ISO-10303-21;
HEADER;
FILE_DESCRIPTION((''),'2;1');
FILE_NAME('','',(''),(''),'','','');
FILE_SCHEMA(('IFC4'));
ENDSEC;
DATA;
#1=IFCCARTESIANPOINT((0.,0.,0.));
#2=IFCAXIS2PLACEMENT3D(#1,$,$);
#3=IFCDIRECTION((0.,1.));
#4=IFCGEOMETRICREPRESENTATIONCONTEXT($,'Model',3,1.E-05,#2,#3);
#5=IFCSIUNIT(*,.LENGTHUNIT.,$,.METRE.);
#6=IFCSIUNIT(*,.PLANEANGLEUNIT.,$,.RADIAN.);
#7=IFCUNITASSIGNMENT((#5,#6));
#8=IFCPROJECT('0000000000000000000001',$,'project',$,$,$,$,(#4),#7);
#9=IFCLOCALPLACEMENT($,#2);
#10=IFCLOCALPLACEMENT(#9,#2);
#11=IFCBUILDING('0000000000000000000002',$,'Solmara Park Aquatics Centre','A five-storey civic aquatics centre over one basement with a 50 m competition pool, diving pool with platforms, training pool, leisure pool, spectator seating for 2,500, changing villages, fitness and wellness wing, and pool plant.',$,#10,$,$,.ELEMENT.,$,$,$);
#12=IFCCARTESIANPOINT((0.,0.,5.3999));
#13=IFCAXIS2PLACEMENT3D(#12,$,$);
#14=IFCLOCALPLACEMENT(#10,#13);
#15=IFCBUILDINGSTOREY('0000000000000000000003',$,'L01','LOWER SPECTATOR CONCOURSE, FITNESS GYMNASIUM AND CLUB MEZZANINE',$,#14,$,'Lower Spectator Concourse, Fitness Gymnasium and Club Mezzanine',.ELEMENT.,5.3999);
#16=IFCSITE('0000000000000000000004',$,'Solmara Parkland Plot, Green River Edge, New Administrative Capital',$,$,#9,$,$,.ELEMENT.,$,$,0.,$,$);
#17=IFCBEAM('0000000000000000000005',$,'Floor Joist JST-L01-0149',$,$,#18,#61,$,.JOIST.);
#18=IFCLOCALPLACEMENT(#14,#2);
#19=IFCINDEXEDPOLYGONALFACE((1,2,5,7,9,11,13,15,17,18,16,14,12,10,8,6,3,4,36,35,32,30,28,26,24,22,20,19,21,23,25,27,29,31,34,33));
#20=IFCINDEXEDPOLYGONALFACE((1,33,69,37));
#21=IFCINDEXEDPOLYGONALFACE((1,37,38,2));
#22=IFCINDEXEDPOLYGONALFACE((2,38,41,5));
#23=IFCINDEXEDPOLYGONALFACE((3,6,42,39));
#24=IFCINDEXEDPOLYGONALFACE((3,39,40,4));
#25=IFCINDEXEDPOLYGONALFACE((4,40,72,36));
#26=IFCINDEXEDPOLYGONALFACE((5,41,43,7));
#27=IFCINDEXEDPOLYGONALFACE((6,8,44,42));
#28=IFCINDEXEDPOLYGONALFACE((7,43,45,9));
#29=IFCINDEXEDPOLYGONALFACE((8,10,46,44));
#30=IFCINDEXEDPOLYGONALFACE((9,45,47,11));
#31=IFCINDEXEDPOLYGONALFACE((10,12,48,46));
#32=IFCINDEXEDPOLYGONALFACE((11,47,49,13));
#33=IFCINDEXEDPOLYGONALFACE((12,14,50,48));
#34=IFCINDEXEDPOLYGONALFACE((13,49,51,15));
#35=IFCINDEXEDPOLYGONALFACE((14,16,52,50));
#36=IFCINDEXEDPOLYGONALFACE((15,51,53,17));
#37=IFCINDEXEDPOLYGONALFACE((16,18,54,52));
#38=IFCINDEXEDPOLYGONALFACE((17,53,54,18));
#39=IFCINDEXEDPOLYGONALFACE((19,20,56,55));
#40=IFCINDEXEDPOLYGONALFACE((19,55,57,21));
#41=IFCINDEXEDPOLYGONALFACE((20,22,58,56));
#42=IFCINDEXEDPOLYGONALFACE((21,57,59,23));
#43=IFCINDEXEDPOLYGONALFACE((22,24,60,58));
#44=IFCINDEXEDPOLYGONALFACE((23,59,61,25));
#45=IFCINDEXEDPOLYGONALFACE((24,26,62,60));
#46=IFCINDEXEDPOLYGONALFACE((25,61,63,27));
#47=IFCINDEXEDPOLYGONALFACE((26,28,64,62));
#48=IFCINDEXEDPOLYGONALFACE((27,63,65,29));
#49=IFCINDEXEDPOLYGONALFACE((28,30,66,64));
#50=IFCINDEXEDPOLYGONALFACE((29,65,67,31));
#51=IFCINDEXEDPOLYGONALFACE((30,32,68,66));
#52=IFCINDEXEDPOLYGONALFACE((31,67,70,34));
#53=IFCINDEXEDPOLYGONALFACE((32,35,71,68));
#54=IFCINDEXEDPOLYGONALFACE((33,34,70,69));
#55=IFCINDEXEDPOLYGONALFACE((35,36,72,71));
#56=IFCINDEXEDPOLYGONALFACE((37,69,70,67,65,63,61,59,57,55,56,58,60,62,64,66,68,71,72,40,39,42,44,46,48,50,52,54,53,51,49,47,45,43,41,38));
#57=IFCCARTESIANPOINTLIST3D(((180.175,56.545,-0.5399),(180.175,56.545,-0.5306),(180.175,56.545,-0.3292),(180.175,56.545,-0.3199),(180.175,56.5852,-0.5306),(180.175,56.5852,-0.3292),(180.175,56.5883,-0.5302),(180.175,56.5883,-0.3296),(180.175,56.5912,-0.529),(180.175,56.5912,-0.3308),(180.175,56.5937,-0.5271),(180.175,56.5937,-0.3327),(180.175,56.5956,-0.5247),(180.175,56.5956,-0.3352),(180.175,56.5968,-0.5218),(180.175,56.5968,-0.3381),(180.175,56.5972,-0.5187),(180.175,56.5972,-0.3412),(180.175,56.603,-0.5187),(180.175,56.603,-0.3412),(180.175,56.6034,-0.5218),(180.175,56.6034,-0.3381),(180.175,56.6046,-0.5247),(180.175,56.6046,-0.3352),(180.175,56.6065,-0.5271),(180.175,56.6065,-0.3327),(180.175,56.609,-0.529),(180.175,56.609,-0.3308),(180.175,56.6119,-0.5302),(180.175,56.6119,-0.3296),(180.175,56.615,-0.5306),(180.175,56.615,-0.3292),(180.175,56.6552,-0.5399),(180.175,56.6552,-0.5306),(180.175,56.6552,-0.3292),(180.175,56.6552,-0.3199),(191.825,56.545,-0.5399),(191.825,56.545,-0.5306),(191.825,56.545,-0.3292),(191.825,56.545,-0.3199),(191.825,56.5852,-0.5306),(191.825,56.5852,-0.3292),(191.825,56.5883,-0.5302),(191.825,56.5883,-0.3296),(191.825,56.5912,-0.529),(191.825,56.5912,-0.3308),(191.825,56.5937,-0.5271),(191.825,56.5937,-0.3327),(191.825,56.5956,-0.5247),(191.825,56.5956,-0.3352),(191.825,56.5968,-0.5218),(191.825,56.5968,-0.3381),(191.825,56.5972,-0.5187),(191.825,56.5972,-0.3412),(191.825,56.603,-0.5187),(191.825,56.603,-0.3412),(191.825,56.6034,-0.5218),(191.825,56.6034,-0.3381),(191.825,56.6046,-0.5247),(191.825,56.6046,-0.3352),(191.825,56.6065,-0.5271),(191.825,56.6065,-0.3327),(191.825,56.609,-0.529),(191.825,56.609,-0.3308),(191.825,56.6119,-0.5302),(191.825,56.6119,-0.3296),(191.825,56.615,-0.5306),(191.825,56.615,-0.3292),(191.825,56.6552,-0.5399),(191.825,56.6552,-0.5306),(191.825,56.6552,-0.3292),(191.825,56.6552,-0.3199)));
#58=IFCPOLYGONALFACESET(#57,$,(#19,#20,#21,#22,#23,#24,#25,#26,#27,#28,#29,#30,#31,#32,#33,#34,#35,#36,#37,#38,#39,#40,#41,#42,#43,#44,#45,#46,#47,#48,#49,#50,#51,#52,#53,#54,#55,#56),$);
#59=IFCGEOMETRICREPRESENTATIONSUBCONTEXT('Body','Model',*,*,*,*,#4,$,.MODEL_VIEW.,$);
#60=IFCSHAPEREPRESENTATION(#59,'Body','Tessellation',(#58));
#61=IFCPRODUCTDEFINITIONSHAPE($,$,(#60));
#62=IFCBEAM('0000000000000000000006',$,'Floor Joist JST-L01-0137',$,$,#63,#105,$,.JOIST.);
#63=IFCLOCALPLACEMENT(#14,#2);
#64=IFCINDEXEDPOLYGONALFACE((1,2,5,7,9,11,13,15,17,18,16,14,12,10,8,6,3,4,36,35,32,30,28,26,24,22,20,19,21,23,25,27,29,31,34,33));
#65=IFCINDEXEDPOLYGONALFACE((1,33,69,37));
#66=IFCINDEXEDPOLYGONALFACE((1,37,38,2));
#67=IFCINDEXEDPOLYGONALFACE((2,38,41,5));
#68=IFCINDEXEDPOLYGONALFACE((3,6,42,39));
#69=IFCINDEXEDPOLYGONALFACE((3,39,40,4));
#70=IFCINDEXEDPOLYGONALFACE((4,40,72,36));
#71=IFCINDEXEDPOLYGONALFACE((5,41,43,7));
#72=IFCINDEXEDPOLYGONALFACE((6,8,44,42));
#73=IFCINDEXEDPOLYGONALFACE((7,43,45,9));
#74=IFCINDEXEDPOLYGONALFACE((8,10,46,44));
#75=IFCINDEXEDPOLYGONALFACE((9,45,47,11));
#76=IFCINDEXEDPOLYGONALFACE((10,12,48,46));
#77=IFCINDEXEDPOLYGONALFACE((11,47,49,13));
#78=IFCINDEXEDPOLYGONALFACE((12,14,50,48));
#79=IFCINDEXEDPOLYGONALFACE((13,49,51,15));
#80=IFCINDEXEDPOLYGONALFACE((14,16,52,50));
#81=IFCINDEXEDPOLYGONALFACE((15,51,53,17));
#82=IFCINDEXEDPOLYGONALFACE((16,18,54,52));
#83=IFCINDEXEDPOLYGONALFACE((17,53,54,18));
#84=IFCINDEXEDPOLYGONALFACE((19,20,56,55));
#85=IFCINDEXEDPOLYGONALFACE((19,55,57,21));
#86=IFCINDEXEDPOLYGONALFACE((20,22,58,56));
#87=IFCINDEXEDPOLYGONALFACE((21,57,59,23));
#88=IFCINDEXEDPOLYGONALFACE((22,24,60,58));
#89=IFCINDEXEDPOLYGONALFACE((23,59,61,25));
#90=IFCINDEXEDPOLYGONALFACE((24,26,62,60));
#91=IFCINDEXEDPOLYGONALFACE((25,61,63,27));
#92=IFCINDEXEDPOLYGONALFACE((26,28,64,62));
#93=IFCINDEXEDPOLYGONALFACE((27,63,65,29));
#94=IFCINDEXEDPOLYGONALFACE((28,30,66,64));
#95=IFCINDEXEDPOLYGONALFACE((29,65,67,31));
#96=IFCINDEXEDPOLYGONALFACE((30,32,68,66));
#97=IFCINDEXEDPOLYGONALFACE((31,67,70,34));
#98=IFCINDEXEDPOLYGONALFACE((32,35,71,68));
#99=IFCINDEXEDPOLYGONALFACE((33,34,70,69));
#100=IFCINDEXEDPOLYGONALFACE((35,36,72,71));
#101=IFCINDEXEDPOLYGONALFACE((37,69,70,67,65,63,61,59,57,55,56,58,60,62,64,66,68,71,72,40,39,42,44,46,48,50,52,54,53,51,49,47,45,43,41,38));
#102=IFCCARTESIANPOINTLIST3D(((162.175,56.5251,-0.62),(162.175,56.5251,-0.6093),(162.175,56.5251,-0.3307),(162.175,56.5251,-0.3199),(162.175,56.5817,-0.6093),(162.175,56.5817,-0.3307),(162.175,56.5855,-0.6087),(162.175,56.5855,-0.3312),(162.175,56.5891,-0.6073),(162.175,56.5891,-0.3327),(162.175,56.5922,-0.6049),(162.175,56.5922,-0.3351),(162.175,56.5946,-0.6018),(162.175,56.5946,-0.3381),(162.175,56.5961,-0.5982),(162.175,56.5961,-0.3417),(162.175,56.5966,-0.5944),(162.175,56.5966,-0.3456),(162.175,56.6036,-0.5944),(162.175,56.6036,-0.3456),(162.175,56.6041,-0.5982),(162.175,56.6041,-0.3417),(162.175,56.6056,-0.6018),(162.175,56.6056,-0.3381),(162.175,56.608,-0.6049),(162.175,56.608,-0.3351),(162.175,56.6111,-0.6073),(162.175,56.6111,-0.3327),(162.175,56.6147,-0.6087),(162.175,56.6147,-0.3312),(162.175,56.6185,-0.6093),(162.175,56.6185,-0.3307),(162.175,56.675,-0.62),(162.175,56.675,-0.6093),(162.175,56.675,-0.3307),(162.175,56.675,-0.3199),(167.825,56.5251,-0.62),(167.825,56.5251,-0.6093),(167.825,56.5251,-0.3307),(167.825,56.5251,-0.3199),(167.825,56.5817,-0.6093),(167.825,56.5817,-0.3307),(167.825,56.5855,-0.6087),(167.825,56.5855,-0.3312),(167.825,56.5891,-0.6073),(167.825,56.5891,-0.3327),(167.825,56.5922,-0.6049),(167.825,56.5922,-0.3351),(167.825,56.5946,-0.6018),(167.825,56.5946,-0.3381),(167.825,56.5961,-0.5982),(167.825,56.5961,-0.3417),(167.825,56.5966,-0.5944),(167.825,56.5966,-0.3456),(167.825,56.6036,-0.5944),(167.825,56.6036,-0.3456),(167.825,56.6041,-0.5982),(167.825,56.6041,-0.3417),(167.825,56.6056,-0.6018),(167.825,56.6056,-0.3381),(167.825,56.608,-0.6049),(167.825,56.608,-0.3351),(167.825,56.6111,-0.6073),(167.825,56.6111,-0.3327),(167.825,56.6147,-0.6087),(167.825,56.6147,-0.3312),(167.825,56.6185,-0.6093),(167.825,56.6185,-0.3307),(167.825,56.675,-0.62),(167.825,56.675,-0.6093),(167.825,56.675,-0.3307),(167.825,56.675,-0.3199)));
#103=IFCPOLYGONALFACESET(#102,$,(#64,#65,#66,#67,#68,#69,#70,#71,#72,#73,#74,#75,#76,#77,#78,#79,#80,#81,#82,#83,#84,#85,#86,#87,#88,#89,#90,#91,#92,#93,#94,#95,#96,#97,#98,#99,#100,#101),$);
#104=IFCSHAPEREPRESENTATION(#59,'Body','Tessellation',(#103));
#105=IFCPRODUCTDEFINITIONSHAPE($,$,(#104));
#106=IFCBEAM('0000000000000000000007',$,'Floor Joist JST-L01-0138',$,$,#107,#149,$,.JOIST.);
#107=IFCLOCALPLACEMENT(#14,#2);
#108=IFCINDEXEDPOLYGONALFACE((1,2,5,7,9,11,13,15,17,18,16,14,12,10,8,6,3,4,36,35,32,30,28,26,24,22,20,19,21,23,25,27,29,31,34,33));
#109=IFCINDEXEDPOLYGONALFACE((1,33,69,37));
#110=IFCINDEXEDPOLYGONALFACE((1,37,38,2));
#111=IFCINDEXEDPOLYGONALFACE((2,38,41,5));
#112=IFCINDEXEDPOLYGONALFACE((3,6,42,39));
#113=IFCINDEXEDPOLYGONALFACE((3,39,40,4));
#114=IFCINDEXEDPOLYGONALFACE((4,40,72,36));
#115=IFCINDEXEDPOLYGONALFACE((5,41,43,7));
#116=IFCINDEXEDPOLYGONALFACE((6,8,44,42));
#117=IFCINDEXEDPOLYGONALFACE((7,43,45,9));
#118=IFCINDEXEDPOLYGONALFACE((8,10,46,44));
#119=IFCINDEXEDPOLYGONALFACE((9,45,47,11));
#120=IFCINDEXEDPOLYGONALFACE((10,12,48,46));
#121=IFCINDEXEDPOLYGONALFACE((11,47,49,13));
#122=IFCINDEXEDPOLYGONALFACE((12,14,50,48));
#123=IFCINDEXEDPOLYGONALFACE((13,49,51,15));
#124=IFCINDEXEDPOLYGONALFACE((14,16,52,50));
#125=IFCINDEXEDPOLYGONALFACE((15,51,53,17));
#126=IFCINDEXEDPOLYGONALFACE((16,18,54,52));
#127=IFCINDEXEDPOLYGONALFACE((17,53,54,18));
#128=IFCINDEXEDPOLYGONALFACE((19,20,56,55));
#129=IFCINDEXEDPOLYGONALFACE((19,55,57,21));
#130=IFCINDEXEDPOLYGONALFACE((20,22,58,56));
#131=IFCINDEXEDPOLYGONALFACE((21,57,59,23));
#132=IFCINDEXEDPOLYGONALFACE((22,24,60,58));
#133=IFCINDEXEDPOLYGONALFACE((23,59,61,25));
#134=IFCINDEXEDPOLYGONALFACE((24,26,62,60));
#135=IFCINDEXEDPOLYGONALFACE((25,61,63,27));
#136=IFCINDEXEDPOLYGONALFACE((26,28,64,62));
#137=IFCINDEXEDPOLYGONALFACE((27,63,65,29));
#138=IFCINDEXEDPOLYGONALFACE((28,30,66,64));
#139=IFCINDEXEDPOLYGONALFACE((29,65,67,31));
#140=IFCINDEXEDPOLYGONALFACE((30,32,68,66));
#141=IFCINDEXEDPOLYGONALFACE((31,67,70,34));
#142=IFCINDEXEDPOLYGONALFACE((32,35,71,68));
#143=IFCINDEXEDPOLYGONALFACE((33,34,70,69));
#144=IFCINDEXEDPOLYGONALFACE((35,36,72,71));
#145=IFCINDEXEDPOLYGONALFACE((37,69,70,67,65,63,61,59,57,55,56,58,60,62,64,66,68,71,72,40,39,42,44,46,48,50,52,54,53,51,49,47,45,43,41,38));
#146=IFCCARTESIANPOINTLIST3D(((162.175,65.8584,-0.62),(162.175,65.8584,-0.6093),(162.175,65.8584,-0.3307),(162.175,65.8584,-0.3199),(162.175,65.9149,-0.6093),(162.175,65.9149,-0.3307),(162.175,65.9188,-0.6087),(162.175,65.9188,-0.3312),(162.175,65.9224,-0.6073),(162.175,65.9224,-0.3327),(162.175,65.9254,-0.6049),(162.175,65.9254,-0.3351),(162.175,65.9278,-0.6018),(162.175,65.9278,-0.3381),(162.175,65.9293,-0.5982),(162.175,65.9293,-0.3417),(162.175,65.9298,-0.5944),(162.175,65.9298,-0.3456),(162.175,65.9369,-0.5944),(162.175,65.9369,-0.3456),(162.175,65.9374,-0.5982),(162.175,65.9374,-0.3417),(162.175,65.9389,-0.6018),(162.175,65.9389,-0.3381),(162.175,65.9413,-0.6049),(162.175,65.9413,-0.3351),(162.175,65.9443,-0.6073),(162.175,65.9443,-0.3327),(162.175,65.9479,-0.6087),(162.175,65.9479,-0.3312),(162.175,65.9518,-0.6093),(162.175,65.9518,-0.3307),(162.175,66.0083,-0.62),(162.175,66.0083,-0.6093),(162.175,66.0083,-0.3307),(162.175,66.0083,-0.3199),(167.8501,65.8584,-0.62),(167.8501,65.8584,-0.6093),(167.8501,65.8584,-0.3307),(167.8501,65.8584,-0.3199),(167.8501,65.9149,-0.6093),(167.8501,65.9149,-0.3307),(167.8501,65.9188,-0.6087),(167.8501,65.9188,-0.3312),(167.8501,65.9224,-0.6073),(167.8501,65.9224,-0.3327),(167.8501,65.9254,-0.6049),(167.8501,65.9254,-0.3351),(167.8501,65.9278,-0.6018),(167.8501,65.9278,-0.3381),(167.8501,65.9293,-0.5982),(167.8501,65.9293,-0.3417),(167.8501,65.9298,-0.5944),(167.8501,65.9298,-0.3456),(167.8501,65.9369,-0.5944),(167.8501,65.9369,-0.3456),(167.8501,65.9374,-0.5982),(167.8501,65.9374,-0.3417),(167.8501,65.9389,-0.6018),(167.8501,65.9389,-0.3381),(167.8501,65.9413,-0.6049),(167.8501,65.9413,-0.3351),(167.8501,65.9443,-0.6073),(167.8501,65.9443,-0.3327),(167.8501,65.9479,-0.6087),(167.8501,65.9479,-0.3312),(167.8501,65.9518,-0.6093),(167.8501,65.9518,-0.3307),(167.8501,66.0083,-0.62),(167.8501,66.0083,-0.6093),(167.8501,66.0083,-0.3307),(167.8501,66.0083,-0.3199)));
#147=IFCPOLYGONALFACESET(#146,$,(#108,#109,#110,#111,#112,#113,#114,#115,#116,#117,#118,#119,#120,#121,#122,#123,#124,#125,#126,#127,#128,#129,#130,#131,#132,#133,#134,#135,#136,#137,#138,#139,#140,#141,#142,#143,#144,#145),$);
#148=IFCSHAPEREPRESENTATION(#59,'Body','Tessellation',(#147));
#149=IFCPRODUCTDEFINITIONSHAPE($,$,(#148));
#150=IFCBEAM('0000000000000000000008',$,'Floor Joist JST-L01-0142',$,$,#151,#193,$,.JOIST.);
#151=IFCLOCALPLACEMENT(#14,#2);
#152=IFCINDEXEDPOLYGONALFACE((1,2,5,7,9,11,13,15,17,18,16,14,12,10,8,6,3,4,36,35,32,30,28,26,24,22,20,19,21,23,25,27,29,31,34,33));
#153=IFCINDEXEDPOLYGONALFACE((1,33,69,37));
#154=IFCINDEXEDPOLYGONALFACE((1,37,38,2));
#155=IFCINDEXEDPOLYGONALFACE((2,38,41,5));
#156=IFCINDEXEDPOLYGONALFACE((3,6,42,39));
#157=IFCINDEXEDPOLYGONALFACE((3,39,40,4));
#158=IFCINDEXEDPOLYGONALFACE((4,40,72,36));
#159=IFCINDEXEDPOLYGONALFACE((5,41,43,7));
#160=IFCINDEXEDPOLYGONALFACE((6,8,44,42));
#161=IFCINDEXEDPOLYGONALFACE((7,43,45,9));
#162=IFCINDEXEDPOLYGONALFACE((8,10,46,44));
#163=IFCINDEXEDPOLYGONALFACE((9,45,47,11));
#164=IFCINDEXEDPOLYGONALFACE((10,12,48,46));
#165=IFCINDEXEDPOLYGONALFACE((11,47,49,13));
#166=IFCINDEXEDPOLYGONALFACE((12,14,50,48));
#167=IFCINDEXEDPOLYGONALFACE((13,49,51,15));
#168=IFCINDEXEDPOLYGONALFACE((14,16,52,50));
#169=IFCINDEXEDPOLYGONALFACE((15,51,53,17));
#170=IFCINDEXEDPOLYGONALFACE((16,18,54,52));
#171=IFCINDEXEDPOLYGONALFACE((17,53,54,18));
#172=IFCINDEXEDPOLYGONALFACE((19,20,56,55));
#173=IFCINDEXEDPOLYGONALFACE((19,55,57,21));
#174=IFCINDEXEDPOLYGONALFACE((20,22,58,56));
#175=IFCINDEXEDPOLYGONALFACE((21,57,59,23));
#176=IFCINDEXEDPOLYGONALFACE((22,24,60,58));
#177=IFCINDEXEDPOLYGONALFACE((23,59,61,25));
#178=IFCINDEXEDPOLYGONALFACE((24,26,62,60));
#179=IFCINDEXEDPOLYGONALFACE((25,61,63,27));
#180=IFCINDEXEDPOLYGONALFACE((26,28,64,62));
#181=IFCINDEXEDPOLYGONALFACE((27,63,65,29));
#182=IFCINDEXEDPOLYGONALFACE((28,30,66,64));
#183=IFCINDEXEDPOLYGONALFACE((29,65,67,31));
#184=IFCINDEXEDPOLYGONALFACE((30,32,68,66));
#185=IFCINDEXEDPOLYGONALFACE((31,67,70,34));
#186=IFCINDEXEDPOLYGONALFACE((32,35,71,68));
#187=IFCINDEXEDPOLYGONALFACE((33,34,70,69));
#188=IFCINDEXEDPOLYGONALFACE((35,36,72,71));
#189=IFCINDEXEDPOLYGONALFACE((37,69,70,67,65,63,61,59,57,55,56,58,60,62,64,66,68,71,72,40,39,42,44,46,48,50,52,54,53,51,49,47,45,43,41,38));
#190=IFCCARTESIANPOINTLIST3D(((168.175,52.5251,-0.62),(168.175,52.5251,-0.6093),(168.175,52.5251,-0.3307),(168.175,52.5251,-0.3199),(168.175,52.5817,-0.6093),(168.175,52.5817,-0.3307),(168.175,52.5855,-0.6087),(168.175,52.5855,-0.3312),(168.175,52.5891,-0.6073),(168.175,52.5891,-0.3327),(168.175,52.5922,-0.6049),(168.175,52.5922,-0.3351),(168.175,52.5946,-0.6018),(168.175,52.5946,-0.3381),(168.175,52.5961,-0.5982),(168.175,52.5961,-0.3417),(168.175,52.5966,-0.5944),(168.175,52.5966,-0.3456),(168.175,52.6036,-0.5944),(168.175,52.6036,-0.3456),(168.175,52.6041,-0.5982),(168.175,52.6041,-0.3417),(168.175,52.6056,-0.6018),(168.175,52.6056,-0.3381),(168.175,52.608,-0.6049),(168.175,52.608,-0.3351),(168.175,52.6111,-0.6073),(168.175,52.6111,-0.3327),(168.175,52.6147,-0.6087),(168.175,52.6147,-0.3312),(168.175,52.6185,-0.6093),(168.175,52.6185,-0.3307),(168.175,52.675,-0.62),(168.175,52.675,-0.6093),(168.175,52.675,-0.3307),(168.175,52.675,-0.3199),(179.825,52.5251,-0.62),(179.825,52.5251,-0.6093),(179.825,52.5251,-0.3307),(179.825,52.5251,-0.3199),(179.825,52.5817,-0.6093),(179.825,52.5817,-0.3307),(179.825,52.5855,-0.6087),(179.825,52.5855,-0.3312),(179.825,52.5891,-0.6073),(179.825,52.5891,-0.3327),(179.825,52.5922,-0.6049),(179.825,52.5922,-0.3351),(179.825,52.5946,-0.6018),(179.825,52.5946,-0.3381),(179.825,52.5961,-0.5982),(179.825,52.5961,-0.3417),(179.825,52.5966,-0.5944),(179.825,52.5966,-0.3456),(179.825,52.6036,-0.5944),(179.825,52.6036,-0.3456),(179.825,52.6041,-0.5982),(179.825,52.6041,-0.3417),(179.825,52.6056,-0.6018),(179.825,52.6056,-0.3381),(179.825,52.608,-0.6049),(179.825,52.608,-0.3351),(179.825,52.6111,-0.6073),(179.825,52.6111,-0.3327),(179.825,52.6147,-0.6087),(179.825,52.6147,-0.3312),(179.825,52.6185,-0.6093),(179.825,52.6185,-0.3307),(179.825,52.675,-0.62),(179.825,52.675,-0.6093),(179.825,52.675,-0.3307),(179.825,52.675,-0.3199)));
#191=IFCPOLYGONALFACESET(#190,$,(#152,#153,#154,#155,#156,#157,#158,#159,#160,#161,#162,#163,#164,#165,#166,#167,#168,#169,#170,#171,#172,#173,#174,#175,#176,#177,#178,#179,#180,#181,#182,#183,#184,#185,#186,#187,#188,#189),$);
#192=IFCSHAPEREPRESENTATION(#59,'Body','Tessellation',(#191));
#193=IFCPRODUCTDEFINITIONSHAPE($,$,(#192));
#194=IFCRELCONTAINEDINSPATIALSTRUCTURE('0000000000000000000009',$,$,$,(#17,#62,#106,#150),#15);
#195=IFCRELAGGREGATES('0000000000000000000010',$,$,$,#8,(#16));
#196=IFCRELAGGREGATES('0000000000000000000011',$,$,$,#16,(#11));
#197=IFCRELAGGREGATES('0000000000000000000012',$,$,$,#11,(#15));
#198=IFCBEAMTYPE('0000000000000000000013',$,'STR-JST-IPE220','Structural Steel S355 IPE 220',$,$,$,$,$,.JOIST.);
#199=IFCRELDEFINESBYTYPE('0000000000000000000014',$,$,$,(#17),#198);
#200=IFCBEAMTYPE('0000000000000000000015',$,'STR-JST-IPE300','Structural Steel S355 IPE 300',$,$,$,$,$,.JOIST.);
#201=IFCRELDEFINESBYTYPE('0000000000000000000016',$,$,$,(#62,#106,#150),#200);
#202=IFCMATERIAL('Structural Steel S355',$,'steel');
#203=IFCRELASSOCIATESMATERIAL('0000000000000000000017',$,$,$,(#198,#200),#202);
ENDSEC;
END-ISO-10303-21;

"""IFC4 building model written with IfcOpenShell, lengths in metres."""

from ifc_helpers import new_model, si_unit, direction, frame, origin, origin_2d, place, context, subcontext, project, spatial, i_section, extrude, material, material_profile, profile_set, type_object, element, save


model = new_model("IFC4")

# Units and contexts
model_context = context("Model", 3, precision=1e-05, world=origin(), true_north=direction((0.0, 1.0)))
body_context = subcontext(model_context, "Body", "Model", "MODEL_VIEW")
ifc_project = project(units=[si_unit("LENGTHUNIT", "METRE"), si_unit("PLANEANGLEUNIT", "RADIAN")], contexts=[model_context])

# Site, building, storey
site_placement = place(None, origin())
site = spatial("IfcSite", under=ifc_project, at=site_placement, Name="Solmara Parkland Plot, Green River Edge, New Administrative Capital", CompositionType="ELEMENT", RefElevation=0.0)
building_placement = place(site_placement, origin())
building = spatial("IfcBuilding", under=site, at=building_placement, Name="Solmara Park Aquatics Centre", Description="A five-storey civic aquatics centre over one basement with a 50 m competition pool, diving pool with platforms, training pool, leisure pool, spectator seating for 2,500, changing villages, fitness and wellness wing, and pool plant.", CompositionType="ELEMENT")
storey_placement = place(building_placement, frame((0.0, 0.0, 5.3999)))
storey = spatial("IfcBuildingStorey", under=building, at=storey_placement, Name="L01", Description="LOWER SPECTATOR CONCOURSE, FITNESS GYMNASIUM AND CLUB MEZZANINE", LongName="Lower Spectator Concourse, Fitness Gymnasium and Club Mezzanine", CompositionType="ELEMENT", Elevation=5.3999)

# Shared definitions
ifc_material_1 = material(Name="Structural Steel S355", Category="steel")

# Beams
ifc_material_profile_1 = material_profile(ifc_material_1, i_section(OverallWidth=0.1101, OverallDepth=0.22, WebThickness=0.0059, FlangeThickness=0.0093, FilletRadius=0.012, at=origin_2d()), Name="IPE 220")
ifc_profile_set_1 = profile_set([ifc_material_profile_1], Name="Structural Steel S355")
beam_type_1 = type_object("IfcBeamType", Name="STR-JST-IPE220", Description="Structural Steel S355 IPE 220", PredefinedType="JOIST", material=ifc_profile_set_1)
beam_1_placement = place(storey_placement, frame((180.175, 56.6001, -0.4299), z_axis=(1.0, 0.0, 0.0), x_axis=(0.0, 1.0, 0.0)))
element("IfcBeam", 1, at=beam_1_placement, inside=storey, type_object=beam_type_1, Name="Floor Joist JST-L01-0149", PredefinedType="JOIST", context=body_context, shape_type="SweptSolid", body=[
    extrude(i_section(OverallWidth=0.1101, OverallDepth=0.22, WebThickness=0.0059, FlangeThickness=0.0093, FilletRadius=0.012, at=origin_2d()), origin(), (0.0, 0.0, 1.0), 11.6499),
])
ifc_material_profile_2 = material_profile(ifc_material_1, i_section(OverallWidth=0.1499, OverallDepth=0.3, WebThickness=0.0071, FlangeThickness=0.0107, FilletRadius=0.0149, at=origin_2d()), Name="IPE 300")
ifc_profile_set_2 = profile_set([ifc_material_profile_2], Name="Structural Steel S355")
beam_type_2 = type_object("IfcBeamType", Name="STR-JST-IPE300", Description="Structural Steel S355 IPE 300", PredefinedType="JOIST", material=ifc_profile_set_2)
beam_2_placement = place(storey_placement, frame((162.175, 56.6001, -0.47), z_axis=(1.0, 0.0, 0.0), x_axis=(0.0, 1.0, 0.0)))
element("IfcBeam", 2, at=beam_2_placement, inside=storey, type_object=beam_type_2, Name="Floor Joist JST-L01-0137", PredefinedType="JOIST", context=body_context, shape_type="SweptSolid", body=[
    extrude(i_section(OverallWidth=0.1499, OverallDepth=0.3, WebThickness=0.0071, FlangeThickness=0.0107, FilletRadius=0.0149, at=origin_2d()), origin(), (0.0, 0.0, 1.0), 5.6499),
])
beam_3_placement = place(storey_placement, frame((162.175, 65.9333, -0.47), z_axis=(1.0, 0.0, 0.0), x_axis=(0.0, 1.0, 0.0)))
element("IfcBeam", 3, at=beam_3_placement, inside=storey, type_object=beam_type_2, Name="Floor Joist JST-L01-0138", PredefinedType="JOIST", context=body_context, shape_type="SweptSolid", body=[
    extrude(i_section(OverallWidth=0.1499, OverallDepth=0.3, WebThickness=0.0071, FlangeThickness=0.0107, FilletRadius=0.0149, at=origin_2d()), origin(), (0.0, 0.0, 1.0), 5.675),
])
for number, where, z_axis, x_axis, name in (
    (4, (168.175, 52.6001, -0.47), (1.0, 0.0, 0.0), (0.0, 1.0, 0.0), "Floor Joist JST-L01-0142"),
):
    element("IfcBeam", number, at=place(storey_placement, frame(where, z_axis=z_axis, x_axis=x_axis)), inside=storey, type_object=beam_type_2, Name=name, PredefinedType="JOIST", context=body_context, shape_type="SweptSolid", body=[
        extrude(i_section(OverallWidth=0.1499, OverallDepth=0.3, WebThickness=0.0071, FlangeThickness=0.0107, FilletRadius=0.0149, at=origin_2d()), origin(), (0.0, 0.0, 1.0), 11.6499),
    ])

save(model, "model.ifc")
